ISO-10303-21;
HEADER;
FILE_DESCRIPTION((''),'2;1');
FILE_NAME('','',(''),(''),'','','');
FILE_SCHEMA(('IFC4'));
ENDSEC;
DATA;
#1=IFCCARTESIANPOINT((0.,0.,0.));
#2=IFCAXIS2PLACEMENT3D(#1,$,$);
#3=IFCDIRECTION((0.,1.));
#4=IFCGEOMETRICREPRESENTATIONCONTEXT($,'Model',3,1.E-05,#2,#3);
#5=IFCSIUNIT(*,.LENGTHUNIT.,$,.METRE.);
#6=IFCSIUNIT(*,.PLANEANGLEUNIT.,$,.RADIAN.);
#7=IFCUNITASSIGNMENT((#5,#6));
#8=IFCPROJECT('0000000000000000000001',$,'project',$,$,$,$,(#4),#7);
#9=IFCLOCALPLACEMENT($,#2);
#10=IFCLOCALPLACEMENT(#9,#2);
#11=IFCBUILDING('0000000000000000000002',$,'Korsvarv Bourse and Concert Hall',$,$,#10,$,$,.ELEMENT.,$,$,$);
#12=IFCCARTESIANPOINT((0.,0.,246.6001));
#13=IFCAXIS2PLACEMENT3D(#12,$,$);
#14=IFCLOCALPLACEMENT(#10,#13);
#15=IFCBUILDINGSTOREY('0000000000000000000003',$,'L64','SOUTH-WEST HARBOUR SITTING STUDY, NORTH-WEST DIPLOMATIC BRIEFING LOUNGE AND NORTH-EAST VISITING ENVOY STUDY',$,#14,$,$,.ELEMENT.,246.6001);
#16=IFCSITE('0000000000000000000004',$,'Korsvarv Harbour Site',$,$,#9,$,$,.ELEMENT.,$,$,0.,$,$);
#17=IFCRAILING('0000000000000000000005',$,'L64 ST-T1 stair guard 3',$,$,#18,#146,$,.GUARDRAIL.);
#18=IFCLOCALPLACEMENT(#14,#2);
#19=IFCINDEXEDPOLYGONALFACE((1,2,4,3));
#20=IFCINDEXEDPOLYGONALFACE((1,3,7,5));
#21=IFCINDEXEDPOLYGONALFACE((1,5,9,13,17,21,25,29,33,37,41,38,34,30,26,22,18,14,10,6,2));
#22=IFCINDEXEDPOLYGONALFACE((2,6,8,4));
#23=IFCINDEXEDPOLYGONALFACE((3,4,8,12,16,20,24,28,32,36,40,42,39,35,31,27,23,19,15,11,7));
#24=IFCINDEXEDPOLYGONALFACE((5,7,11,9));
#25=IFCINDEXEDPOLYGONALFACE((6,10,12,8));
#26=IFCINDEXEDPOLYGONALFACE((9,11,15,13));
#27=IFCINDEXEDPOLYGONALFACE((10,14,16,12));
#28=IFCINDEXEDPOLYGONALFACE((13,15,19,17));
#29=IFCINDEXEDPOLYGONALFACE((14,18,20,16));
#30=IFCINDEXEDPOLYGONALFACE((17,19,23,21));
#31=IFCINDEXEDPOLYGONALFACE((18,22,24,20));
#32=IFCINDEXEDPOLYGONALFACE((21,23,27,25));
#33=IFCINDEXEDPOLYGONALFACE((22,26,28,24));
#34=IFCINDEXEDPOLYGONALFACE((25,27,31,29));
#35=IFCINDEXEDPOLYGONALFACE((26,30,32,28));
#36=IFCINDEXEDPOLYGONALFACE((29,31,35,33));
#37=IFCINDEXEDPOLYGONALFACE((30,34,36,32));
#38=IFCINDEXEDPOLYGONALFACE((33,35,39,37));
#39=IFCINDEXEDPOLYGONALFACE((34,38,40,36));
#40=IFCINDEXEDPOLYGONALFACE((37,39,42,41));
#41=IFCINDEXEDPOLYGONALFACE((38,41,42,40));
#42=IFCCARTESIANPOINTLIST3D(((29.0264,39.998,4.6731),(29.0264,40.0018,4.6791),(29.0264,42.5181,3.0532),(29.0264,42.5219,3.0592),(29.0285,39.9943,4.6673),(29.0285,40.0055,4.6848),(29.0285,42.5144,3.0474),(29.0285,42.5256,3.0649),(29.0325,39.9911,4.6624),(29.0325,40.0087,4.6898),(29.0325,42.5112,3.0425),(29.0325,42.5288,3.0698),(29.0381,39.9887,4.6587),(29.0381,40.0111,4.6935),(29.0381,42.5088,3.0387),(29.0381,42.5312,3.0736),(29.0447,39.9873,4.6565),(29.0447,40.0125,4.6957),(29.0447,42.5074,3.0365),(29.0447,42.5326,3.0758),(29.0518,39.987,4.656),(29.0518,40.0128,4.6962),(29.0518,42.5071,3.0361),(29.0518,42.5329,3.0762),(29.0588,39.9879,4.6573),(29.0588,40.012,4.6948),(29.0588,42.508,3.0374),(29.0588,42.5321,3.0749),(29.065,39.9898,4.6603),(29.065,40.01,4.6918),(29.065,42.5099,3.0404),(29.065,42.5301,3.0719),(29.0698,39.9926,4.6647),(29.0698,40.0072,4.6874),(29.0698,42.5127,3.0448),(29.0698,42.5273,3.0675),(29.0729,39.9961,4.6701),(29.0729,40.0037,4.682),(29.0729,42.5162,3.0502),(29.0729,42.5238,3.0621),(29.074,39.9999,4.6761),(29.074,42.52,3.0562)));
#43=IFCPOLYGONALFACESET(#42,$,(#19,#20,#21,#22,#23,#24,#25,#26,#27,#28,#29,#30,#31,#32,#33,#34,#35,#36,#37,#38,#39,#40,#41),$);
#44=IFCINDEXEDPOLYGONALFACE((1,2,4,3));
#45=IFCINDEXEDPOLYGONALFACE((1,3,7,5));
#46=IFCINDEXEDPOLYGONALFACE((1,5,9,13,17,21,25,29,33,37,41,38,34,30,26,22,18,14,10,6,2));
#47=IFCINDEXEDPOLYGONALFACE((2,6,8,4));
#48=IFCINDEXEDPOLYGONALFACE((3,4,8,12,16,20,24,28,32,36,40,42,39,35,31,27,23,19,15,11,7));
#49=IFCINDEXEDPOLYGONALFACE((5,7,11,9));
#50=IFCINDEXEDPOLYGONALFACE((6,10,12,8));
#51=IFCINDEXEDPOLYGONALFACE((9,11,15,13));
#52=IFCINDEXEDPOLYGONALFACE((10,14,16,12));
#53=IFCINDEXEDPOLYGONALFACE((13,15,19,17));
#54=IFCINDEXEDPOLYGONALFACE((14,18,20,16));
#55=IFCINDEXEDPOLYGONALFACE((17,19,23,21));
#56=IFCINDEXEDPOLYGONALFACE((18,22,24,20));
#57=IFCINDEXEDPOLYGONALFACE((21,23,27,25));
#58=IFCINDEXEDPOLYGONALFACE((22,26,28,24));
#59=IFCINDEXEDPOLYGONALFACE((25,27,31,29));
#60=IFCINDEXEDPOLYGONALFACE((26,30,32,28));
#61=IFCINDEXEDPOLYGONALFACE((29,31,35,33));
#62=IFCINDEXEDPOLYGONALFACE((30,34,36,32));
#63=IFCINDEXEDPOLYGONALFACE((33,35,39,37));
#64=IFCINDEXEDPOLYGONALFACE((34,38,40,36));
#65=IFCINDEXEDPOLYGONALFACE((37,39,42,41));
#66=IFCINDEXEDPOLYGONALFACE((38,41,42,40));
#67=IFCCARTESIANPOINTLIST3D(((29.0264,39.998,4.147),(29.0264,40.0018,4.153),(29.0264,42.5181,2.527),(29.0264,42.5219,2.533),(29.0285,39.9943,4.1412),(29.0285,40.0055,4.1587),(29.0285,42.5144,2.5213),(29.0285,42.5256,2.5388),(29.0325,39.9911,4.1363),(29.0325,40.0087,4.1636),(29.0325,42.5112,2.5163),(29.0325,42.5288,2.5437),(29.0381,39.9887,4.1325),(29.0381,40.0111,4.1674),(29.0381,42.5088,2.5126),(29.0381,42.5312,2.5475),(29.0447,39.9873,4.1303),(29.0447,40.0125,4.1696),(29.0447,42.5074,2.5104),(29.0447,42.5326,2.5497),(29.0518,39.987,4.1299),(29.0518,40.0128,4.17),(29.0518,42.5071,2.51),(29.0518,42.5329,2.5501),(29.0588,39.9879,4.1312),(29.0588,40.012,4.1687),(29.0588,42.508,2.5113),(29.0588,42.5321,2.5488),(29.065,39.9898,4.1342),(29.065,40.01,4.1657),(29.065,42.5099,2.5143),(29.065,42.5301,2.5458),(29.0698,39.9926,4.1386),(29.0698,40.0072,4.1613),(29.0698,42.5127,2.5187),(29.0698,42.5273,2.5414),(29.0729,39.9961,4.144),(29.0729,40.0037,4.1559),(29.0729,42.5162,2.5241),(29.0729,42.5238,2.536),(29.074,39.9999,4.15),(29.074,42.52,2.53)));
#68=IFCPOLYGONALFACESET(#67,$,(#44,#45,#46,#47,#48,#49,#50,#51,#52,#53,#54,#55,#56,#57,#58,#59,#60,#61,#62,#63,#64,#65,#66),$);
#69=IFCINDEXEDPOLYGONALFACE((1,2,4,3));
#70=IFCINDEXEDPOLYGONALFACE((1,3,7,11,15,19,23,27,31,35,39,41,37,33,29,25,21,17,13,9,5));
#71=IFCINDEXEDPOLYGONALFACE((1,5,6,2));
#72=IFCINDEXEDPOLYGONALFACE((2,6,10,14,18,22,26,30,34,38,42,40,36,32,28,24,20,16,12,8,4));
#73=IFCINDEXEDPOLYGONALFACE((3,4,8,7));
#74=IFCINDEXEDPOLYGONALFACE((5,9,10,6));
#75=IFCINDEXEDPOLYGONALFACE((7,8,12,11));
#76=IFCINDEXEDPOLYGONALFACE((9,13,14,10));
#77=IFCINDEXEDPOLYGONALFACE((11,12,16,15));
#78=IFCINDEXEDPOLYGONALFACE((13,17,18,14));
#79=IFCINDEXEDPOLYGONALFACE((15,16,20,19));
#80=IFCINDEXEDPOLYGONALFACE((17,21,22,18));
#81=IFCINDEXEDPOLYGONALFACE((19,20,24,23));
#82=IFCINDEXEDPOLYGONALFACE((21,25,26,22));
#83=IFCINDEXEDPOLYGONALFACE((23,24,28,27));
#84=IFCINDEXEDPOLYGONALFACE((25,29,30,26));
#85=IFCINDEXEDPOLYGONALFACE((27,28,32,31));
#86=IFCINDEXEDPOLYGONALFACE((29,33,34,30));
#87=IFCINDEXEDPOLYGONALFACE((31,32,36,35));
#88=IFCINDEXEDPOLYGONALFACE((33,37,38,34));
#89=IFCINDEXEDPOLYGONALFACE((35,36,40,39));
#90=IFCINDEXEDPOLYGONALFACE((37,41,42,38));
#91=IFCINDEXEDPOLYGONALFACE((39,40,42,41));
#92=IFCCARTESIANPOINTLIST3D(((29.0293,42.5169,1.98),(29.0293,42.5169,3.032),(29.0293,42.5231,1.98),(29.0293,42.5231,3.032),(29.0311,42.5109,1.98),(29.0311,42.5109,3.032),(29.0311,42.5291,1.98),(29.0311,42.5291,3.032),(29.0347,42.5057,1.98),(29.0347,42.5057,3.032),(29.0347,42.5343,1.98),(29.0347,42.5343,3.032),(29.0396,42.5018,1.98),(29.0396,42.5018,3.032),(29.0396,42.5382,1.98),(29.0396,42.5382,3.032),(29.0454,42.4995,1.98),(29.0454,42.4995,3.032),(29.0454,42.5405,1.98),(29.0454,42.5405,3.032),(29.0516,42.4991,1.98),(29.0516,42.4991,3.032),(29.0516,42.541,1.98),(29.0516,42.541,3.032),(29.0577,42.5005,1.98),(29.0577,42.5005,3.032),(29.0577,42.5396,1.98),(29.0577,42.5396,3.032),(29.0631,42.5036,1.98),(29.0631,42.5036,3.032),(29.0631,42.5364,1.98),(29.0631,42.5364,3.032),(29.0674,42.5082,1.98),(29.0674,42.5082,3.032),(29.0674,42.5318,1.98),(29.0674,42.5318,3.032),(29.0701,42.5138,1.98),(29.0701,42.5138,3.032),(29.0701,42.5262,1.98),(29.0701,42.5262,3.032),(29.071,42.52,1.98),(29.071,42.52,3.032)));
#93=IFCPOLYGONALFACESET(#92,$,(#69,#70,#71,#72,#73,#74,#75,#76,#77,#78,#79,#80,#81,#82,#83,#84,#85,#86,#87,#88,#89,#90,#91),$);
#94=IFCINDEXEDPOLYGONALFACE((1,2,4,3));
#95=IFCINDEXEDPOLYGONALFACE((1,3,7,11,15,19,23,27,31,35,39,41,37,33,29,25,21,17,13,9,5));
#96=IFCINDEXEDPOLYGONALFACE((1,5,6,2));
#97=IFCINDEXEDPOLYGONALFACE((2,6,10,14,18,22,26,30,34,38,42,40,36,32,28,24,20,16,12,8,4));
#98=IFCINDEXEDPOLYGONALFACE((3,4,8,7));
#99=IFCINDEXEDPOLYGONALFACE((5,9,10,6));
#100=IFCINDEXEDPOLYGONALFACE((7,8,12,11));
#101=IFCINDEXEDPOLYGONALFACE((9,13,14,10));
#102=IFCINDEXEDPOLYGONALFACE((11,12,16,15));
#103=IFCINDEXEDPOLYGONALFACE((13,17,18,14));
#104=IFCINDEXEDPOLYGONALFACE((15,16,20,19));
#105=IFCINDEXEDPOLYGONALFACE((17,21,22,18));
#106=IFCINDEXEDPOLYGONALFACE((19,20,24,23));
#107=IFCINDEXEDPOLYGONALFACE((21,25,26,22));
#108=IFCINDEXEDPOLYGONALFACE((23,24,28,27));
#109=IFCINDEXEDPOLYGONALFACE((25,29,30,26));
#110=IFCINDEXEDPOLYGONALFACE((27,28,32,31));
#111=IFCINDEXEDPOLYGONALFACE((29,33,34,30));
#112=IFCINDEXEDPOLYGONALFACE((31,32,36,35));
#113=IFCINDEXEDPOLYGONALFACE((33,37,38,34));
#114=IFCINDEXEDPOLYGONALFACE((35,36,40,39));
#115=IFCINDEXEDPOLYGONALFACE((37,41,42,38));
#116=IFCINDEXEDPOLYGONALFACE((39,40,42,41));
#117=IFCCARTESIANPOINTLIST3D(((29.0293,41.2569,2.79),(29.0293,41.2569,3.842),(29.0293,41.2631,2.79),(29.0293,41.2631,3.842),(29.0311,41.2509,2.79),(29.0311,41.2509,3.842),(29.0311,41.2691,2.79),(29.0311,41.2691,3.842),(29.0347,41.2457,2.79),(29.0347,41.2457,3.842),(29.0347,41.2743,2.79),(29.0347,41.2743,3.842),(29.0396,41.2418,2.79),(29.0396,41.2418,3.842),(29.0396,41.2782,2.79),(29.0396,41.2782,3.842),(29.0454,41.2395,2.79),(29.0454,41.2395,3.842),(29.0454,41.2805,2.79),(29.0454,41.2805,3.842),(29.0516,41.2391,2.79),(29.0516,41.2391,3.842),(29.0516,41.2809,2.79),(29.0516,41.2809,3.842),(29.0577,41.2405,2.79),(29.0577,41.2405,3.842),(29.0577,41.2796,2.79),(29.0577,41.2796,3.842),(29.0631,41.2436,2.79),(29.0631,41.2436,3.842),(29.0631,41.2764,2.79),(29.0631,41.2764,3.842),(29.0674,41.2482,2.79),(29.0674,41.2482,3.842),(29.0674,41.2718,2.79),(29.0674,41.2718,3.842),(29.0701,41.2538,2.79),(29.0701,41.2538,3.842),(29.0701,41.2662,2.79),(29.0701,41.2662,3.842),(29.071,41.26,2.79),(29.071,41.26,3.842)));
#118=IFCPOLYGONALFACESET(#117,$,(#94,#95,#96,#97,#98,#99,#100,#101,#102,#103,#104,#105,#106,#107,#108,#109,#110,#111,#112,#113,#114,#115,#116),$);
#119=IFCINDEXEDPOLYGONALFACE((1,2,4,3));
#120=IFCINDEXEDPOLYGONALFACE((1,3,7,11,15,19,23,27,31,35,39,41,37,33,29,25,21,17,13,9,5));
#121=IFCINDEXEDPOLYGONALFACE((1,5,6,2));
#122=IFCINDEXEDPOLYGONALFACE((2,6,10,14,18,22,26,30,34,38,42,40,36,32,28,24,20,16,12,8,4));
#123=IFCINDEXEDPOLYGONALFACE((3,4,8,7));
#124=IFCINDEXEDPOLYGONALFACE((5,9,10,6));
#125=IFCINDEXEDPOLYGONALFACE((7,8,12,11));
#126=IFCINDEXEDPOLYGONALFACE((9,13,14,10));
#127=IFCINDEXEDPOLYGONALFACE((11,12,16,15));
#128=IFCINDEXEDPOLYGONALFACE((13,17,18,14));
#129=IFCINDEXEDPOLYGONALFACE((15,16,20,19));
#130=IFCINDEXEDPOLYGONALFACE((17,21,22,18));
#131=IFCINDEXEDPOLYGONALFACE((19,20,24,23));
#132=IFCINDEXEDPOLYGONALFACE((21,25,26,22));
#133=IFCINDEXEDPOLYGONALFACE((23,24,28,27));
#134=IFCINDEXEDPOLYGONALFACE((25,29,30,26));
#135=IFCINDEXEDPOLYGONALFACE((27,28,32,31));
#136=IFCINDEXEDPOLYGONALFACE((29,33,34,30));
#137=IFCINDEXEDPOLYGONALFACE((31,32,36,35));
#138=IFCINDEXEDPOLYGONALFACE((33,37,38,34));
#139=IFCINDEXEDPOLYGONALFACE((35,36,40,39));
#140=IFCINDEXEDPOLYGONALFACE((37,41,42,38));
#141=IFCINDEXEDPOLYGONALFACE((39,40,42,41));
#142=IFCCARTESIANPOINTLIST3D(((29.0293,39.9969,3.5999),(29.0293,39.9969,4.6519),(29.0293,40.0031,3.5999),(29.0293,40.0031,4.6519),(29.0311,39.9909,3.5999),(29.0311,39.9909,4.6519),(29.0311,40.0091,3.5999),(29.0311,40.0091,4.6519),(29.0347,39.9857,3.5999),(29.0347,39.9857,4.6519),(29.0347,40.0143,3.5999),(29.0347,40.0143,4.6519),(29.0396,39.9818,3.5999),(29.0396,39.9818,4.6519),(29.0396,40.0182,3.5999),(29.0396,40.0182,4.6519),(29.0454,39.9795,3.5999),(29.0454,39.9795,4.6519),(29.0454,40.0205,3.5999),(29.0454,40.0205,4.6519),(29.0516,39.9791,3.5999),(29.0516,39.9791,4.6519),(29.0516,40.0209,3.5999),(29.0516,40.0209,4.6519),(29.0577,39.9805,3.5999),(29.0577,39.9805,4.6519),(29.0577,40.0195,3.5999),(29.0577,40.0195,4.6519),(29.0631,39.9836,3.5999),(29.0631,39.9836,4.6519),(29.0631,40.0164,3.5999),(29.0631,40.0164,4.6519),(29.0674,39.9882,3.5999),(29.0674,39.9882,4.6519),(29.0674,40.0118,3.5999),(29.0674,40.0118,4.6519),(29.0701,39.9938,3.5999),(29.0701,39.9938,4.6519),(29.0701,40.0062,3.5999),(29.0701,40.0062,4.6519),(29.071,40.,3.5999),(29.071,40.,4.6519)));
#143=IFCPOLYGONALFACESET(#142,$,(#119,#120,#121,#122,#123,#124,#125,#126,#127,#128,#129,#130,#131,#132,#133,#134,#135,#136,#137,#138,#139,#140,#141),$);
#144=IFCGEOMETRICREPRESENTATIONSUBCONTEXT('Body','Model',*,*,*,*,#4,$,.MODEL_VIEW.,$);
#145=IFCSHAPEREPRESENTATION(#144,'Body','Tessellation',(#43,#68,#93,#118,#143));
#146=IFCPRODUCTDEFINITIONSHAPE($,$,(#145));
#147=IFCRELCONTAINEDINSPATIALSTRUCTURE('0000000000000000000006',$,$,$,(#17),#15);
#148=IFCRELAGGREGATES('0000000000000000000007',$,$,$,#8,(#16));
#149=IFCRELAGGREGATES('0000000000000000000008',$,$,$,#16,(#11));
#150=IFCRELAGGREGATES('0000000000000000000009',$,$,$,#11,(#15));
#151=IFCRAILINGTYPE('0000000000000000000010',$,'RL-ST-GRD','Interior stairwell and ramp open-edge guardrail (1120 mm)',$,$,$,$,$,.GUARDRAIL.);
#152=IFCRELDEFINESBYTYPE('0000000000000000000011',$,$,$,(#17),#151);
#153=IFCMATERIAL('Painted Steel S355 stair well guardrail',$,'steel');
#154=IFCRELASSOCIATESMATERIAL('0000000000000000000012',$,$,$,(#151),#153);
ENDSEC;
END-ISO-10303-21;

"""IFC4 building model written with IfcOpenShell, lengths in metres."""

from ifc_helpers import new_model, si_unit, direction, frame, origin, origin_2d, place, context, subcontext, project, spatial, circle, extrude, material, type_object, element, save


model = new_model("IFC4")

# Units and contexts
model_context = context("Model", 3, precision=1e-05, world=origin(), true_north=direction((0.0, 1.0)))
body_context = subcontext(model_context, "Body", "Model", "MODEL_VIEW")
ifc_project = project(units=[si_unit("LENGTHUNIT", "METRE"), si_unit("PLANEANGLEUNIT", "RADIAN")], contexts=[model_context])

# Site, building, storey
site_placement = place(None, origin())
site = spatial("IfcSite", under=ifc_project, at=site_placement, Name="Korsvarv Harbour Site", CompositionType="ELEMENT", RefElevation=0.0)
building_placement = place(site_placement, origin())
building = spatial("IfcBuilding", under=site, at=building_placement, Name="Korsvarv Bourse and Concert Hall", CompositionType="ELEMENT")
storey_placement = place(building_placement, frame((0.0, 0.0, 246.6001)))
storey = spatial("IfcBuildingStorey", under=building, at=storey_placement, Name="L64", Description="SOUTH-WEST HARBOUR SITTING STUDY, NORTH-WEST DIPLOMATIC BRIEFING LOUNGE AND NORTH-EAST VISITING ENVOY STUDY", CompositionType="ELEMENT", Elevation=246.6001)

# Railing
ifc_material_1 = material(Name="Painted Steel S355 stair well guardrail", Category="steel")
railing_type_1 = type_object("IfcRailingType", Name="RL-ST-GRD", Description="Interior stairwell and ramp open-edge guardrail (1120 mm)", PredefinedType="GUARDRAIL", material=ifc_material_1)
railing_1_placement = place(storey_placement, frame((29.05, 42.52, 1.98)))
element("IfcRailing", 1, at=railing_1_placement, inside=storey, type_object=railing_type_1, Name="L64 ST-T1 stair guard 3", PredefinedType="GUARDRAIL", context=body_context, shape_type="SweptSolid", body=[
    extrude(circle(Radius=0.0239, at=origin_2d()), frame((0.0, 0.0, 1.0762), z_axis=(0.0, -0.8412, 0.540725), x_axis=(1.0, 0.0, 0.0)), (0.0, 0.0, 1.0), 2.9958),
    extrude(circle(Radius=0.0239, at=origin_2d()), frame((0.0, 0.0, 0.55), z_axis=(0.0, -0.8412, 0.540725), x_axis=(1.0, 0.0, 0.0)), (0.0, 0.0, 1.0), 2.9958),
    extrude(circle(Radius=0.021, at=origin_2d()), origin(), (0.0, 0.0, 1.0), 1.052),
    extrude(circle(Radius=0.021, at=origin_2d()), frame((0.0, -1.26, 0.8101)), (0.0, 0.0, 1.0), 1.052),
    extrude(circle(Radius=0.021, at=origin_2d()), frame((0.0, -2.52, 1.6199)), (0.0, 0.0, 1.0), 1.052),
])

save(model, "model.ifc")
